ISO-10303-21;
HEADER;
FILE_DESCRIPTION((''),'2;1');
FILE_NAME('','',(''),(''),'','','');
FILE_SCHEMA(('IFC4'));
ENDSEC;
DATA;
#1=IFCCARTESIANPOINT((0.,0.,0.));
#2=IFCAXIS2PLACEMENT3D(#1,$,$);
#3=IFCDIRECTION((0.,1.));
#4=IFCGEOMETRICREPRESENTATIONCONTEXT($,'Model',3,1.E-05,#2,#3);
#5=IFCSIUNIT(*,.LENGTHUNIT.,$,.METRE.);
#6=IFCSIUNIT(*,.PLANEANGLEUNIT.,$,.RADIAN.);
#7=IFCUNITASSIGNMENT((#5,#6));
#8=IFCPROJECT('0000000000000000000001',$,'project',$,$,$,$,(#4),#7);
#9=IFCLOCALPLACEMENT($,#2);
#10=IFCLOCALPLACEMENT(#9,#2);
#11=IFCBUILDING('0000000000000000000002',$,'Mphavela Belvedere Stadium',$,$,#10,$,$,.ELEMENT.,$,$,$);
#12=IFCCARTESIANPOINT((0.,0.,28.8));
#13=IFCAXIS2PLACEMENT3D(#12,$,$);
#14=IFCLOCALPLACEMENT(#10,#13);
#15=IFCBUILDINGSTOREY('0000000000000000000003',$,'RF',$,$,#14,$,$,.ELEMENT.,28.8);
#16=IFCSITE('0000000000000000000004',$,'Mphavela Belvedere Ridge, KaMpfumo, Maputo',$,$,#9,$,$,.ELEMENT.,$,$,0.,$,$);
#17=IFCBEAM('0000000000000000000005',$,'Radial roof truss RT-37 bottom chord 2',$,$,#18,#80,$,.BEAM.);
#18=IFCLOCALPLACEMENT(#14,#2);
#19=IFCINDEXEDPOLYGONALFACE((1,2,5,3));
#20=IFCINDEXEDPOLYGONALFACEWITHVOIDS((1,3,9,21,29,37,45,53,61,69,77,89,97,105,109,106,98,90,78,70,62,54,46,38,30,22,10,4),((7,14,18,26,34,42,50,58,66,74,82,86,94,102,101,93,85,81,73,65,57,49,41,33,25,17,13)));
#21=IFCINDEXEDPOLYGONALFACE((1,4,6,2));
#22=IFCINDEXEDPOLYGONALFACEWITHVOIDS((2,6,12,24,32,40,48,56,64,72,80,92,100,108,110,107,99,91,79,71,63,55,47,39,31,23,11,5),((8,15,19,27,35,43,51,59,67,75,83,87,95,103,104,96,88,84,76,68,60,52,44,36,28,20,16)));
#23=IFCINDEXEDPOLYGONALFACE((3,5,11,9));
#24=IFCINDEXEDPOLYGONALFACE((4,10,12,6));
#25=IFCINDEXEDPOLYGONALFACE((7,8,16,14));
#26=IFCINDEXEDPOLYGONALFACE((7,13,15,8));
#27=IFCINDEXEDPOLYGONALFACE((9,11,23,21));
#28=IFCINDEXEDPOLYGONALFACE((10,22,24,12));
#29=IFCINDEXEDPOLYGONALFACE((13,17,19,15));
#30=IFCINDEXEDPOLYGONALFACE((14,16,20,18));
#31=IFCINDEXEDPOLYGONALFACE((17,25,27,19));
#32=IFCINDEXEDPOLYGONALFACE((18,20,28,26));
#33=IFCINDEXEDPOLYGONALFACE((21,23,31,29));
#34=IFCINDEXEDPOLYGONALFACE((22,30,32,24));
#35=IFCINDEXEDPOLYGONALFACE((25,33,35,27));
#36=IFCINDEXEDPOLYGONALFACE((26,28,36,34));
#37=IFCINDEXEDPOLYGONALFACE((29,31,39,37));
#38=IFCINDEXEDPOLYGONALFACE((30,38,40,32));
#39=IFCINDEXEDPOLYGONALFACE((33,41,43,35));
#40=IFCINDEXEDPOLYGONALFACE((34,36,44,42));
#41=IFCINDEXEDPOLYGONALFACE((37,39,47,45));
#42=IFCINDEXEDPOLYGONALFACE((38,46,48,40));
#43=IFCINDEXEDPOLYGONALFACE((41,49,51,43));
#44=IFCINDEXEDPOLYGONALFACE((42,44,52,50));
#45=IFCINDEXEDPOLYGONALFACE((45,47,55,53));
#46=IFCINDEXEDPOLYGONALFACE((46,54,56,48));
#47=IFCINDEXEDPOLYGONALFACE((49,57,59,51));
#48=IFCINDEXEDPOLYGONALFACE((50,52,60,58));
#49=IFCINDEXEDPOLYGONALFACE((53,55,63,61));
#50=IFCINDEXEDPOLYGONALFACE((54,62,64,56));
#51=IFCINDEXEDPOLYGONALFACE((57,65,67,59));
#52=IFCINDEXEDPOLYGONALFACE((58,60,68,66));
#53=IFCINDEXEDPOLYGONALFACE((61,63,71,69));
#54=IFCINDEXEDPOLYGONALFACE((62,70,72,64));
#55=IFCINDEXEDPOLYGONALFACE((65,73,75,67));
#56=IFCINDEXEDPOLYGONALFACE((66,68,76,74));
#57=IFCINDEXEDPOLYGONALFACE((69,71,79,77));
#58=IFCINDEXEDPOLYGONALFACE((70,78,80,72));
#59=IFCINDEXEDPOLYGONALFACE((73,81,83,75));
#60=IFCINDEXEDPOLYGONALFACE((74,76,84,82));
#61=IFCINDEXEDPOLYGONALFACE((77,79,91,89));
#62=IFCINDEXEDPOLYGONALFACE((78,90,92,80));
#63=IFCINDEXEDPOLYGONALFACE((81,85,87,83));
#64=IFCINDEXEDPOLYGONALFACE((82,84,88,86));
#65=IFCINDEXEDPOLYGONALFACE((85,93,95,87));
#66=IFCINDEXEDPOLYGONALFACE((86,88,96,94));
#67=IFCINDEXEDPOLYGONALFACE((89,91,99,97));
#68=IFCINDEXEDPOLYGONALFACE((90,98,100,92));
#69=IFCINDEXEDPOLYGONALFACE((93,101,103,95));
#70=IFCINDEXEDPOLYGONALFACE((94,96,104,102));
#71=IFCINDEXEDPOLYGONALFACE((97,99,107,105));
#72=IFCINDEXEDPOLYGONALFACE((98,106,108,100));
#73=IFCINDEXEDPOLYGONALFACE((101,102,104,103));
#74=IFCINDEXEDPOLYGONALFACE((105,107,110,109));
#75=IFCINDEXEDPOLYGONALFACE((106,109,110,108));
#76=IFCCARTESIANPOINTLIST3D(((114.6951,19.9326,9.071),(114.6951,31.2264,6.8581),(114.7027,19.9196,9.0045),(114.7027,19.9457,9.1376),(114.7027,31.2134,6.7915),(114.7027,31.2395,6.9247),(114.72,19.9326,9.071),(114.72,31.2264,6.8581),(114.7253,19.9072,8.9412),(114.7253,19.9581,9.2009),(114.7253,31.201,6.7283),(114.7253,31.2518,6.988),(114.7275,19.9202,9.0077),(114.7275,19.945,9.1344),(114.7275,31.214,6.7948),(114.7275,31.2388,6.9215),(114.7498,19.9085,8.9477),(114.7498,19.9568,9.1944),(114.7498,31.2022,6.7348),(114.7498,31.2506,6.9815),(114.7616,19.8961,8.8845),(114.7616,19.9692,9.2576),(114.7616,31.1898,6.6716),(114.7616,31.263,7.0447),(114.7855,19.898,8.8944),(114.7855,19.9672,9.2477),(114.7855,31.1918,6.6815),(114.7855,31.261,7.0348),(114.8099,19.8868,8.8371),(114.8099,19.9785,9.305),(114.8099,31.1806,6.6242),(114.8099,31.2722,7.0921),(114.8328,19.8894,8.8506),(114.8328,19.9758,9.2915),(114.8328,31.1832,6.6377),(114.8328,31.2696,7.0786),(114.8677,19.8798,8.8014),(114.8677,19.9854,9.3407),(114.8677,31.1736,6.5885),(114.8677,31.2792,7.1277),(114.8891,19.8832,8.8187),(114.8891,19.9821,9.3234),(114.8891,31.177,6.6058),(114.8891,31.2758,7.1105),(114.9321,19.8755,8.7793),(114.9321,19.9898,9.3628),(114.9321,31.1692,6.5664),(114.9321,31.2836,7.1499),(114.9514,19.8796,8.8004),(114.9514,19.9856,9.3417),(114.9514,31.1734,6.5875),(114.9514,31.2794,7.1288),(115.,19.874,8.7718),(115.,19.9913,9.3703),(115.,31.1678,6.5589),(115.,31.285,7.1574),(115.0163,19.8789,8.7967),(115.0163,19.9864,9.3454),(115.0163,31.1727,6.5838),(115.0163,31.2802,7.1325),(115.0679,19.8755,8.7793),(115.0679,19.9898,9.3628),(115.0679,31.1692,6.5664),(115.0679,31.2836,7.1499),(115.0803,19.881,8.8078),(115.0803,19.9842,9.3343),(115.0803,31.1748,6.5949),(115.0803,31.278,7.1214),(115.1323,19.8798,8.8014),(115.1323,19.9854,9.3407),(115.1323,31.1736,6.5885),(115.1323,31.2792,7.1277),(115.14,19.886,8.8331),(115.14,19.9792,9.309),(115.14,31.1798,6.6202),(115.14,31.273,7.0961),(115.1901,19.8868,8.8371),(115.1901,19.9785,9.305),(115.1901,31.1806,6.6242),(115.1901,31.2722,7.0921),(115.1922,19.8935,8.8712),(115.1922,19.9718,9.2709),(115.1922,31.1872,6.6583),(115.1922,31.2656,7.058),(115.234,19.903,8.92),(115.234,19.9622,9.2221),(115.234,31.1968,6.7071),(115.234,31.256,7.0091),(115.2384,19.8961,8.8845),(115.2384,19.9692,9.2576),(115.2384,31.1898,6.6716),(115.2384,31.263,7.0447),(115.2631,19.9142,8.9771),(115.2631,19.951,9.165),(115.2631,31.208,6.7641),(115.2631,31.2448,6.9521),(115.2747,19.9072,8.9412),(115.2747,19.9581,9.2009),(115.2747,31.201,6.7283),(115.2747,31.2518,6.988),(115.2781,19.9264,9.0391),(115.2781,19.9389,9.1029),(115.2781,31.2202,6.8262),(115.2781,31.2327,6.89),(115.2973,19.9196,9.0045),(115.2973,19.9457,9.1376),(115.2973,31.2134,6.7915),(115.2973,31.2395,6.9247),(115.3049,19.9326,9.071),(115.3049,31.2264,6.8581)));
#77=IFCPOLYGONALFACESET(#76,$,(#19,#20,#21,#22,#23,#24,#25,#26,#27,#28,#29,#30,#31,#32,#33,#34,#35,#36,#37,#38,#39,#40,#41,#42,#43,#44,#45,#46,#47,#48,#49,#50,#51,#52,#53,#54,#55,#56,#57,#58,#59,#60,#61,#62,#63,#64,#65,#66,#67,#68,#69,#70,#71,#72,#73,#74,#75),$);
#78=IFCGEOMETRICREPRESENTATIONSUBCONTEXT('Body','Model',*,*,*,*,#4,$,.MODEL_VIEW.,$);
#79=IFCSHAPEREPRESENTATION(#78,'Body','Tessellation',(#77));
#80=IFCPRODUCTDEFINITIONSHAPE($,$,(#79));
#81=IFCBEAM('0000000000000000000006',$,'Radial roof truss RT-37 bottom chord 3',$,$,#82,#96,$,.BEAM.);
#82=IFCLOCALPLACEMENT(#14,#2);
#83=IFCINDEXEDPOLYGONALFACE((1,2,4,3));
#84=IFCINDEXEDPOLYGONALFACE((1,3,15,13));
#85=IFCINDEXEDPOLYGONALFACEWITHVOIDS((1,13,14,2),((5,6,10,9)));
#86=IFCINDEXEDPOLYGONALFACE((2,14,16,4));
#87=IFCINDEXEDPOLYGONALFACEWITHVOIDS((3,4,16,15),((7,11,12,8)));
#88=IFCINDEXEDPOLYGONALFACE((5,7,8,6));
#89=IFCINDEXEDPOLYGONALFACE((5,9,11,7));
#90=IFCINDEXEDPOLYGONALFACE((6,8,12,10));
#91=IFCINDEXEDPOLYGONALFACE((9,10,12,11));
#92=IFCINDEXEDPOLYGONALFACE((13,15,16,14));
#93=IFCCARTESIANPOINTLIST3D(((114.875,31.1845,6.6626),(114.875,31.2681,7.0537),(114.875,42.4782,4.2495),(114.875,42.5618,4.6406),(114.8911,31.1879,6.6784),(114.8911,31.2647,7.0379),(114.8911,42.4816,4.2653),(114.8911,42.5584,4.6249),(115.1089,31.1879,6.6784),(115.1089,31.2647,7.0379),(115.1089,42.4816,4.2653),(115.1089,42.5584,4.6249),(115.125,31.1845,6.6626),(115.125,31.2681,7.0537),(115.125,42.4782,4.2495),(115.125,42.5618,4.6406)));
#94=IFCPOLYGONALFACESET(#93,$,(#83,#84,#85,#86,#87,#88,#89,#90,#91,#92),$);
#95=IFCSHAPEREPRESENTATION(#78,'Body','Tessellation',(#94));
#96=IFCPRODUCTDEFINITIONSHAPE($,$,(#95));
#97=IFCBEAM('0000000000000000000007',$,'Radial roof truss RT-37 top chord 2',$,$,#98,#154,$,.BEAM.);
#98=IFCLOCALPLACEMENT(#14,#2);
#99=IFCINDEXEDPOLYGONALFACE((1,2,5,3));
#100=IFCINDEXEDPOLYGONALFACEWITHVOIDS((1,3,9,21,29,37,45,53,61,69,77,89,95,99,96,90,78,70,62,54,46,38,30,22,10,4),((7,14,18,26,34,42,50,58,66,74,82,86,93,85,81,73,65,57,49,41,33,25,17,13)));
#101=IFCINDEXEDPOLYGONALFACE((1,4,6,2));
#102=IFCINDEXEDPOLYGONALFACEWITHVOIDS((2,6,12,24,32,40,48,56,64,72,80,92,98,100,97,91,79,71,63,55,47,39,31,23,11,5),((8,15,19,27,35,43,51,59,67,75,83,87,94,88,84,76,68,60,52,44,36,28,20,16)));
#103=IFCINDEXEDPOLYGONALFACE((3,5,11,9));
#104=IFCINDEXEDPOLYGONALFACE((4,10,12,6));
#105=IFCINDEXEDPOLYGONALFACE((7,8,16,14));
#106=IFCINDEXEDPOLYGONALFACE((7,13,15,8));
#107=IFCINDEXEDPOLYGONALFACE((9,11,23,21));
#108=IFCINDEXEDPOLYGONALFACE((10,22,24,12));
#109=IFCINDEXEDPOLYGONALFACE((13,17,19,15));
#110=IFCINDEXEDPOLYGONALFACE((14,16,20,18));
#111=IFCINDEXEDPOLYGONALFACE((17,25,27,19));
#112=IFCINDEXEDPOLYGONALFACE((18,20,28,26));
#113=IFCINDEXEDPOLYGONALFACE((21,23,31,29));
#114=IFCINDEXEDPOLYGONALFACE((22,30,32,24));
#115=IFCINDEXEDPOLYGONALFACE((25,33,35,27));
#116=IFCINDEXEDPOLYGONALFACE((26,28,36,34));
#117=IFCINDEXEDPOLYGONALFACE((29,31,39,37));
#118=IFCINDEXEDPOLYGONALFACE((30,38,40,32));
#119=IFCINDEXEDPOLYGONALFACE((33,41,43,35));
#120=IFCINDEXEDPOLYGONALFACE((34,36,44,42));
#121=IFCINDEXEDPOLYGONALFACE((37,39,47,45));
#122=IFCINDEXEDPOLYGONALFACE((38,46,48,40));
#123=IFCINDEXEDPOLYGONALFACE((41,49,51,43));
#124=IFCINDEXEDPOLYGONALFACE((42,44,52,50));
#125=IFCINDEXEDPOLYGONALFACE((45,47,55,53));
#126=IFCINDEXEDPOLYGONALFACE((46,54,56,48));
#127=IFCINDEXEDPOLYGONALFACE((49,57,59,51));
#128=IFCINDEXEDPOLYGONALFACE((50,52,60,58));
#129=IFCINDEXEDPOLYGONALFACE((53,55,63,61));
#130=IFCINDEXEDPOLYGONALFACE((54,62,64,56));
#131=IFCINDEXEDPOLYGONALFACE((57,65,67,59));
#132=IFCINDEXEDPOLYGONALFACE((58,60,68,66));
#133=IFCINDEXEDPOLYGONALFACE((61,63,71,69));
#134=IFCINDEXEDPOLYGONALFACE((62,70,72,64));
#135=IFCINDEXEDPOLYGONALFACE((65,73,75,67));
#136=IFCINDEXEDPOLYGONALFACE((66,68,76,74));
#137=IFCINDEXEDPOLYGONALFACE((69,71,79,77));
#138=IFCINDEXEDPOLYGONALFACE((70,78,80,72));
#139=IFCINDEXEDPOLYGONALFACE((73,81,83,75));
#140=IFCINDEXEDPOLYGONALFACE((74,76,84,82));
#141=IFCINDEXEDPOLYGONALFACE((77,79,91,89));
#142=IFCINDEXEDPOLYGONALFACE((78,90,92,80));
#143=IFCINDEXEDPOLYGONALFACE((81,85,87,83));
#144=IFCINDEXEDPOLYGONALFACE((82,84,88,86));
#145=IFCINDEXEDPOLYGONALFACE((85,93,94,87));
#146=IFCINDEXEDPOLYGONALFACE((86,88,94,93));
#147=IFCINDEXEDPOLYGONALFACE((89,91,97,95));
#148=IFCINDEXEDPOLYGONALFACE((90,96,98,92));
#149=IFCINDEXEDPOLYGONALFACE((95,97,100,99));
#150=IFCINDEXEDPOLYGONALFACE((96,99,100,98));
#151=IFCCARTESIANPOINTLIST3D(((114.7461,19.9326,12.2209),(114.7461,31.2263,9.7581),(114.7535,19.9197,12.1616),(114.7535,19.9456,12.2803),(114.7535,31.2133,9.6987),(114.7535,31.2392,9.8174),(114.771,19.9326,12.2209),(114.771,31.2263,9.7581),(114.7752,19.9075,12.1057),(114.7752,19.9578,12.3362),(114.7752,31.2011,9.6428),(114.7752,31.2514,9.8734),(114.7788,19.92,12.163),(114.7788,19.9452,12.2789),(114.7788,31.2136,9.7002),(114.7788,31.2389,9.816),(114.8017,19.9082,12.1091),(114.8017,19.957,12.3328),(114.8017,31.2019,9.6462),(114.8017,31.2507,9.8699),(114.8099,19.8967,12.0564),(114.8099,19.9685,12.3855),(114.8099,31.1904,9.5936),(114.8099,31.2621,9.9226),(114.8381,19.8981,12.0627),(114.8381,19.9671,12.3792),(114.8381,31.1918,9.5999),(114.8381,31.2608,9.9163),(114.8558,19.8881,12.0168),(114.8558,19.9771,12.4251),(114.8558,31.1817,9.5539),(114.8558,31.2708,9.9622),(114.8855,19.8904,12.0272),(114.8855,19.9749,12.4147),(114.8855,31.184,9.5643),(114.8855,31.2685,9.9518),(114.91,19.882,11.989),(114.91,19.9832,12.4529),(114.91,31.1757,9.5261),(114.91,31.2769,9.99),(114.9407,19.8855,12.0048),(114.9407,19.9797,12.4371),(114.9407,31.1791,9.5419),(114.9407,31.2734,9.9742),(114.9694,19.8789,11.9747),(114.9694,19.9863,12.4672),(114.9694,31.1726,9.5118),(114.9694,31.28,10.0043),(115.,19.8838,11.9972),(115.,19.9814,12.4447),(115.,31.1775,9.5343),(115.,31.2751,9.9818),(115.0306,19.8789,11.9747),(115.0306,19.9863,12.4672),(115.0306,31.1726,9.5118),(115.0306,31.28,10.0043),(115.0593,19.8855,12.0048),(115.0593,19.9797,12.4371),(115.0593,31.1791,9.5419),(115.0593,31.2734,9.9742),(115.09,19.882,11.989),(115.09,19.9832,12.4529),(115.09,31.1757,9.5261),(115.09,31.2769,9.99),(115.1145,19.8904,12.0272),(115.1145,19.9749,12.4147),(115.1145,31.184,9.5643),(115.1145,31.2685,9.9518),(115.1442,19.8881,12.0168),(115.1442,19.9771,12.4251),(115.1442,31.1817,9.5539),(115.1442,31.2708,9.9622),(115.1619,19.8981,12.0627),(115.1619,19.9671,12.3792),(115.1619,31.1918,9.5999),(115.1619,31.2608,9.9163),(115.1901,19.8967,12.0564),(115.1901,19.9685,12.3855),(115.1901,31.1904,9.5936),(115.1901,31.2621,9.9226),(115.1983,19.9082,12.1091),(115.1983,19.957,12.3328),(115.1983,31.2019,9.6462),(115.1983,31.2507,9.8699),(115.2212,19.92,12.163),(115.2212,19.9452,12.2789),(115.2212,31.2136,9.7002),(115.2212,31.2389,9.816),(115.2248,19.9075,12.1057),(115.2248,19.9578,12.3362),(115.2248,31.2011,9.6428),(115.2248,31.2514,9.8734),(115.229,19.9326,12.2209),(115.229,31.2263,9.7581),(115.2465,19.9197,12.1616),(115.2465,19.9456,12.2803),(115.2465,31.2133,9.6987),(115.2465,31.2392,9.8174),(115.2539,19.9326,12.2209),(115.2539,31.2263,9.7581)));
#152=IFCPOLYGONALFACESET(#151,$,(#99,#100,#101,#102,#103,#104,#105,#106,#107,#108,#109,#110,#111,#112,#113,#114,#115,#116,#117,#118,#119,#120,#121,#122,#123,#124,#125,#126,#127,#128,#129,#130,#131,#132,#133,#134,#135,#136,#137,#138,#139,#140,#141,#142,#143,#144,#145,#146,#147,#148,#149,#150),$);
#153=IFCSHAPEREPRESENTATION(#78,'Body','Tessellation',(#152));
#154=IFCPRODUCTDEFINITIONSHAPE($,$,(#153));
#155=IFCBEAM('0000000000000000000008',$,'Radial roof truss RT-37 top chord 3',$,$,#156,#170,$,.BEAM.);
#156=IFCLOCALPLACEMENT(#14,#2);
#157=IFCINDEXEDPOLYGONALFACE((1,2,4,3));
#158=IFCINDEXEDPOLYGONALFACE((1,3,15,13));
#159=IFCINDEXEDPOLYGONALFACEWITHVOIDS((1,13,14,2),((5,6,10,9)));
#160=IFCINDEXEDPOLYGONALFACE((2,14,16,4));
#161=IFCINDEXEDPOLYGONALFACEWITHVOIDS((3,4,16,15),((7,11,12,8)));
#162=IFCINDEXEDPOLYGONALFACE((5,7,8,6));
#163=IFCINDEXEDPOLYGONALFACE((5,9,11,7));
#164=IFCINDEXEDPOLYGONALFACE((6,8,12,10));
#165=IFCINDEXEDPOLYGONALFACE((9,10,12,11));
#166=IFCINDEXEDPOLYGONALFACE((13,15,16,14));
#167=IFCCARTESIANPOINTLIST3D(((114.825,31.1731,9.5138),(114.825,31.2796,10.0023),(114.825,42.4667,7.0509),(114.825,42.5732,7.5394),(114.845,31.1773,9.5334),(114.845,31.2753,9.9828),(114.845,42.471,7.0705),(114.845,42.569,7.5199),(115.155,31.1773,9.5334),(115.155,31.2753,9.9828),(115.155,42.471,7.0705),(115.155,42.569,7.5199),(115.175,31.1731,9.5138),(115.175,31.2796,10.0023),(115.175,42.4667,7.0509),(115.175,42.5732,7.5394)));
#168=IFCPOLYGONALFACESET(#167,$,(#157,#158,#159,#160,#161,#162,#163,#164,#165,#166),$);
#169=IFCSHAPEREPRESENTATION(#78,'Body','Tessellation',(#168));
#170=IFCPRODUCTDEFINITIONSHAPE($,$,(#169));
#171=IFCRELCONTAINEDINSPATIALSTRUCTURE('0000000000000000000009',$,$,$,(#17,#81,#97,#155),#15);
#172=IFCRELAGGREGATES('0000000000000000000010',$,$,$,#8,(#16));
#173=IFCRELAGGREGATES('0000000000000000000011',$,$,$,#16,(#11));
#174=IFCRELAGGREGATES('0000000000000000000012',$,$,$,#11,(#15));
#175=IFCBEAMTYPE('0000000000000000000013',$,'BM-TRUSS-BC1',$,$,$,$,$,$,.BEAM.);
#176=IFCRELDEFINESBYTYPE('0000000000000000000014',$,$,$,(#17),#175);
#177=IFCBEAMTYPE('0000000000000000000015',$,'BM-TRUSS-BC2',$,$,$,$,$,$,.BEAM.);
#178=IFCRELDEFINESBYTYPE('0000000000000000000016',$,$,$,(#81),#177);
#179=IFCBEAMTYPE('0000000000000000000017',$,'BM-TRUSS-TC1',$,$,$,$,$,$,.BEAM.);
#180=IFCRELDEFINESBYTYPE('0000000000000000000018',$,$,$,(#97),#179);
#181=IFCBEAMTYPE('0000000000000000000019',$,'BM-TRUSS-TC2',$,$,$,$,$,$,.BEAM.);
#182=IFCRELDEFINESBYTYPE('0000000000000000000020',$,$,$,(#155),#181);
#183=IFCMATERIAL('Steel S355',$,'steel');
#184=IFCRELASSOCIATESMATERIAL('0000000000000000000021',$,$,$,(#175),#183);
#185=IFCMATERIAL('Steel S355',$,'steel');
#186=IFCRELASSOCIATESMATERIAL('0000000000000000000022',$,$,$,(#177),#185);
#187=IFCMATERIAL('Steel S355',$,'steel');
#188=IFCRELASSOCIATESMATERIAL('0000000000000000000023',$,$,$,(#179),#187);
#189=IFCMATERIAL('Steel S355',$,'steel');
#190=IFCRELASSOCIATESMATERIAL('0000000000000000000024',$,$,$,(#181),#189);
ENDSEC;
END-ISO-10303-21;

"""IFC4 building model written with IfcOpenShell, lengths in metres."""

from ifc_helpers import new_model, si_unit, direction, frame, origin, origin_2d, place, context, subcontext, project, spatial, hollow_rectangle, hollow_circle, extrude, material, material_profile, profile_set, type_object, element, save


model = new_model("IFC4")

# Units and contexts
model_context = context("Model", 3, precision=1e-05, world=origin(), true_north=direction((0.0, 1.0)))
body_context = subcontext(model_context, "Body", "Model", "MODEL_VIEW")
ifc_project = project(units=[si_unit("LENGTHUNIT", "METRE"), si_unit("PLANEANGLEUNIT", "RADIAN")], contexts=[model_context])

# Site, building, storey
site_placement = place(None, origin())
site = spatial("IfcSite", under=ifc_project, at=site_placement, Name="Mphavela Belvedere Ridge, KaMpfumo, Maputo", CompositionType="ELEMENT", RefElevation=0.0)
building_placement = place(site_placement, origin())
building = spatial("IfcBuilding", under=site, at=building_placement, Name="Mphavela Belvedere Stadium", CompositionType="ELEMENT")
storey_placement = place(building_placement, frame((0.0, 0.0, 28.8)))
storey = spatial("IfcBuildingStorey", under=building, at=storey_placement, Name="RF", CompositionType="ELEMENT", Elevation=28.8)

# Beams
ifc_material_1 = material(Name="Steel S355", Category="steel")
ifc_material_profile_1 = material_profile(ifc_material_1, hollow_circle(Radius=0.3049, WallThickness=0.0249, at=origin_2d()), Name="CHS 610x25")
ifc_profile_set_1 = profile_set([ifc_material_profile_1], Name="Steel S355")
beam_type_1 = type_object("IfcBeamType", Name="BM-TRUSS-BC1", PredefinedType="BEAM", material=ifc_profile_set_1)
beam_1_placement = place(storey_placement, frame((115.0, 19.9326, 9.071), z_axis=(0.0, 0.981339, -0.192284), x_axis=(-1.0, 0.0, 0.0)))
element("IfcBeam", 1, at=beam_1_placement, inside=storey, type_object=beam_type_1, Name="Radial roof truss RT-37 bottom chord 2", PredefinedType="BEAM", context=body_context, shape_type="SweptSolid", body=[
    extrude(hollow_circle(Radius=0.3049, WallThickness=0.0249, at=origin_2d()), origin(), (0.0, 0.0, 1.0), 11.5085),
])
ifc_material_2 = material(Name="Steel S355", Category="steel")
ifc_material_profile_2 = material_profile(ifc_material_2, hollow_rectangle(XDim=0.25, YDim=0.3999, WallThickness=0.0161, at=origin_2d()), Name="RHS 400x250x16")
ifc_profile_set_2 = profile_set([ifc_material_profile_2], Name="Steel S355")
beam_type_2 = type_object("IfcBeamType", Name="BM-TRUSS-BC2", PredefinedType="BEAM", material=ifc_profile_set_2)
beam_2_placement = place(storey_placement, frame((115.0, 31.2263, 6.8582), z_axis=(0.0, 0.977926, -0.20895), x_axis=(-1.0, 0.0, 0.0)))
element("IfcBeam", 2, at=beam_2_placement, inside=storey, type_object=beam_type_2, Name="Radial roof truss RT-37 bottom chord 3", PredefinedType="BEAM", context=body_context, shape_type="SweptSolid", body=[
    extrude(hollow_rectangle(XDim=0.25, YDim=0.3999, WallThickness=0.0161, at=origin_2d()), origin(), (0.0, 0.0, 1.0), 11.5486),
])
ifc_material_3 = material(Name="Steel S355", Category="steel")
ifc_material_profile_3 = material_profile(ifc_material_3, hollow_circle(Radius=0.2539, WallThickness=0.0249, at=origin_2d()), Name="CHS 508x25")
ifc_profile_set_3 = profile_set([ifc_material_profile_3], Name="Steel S355")
beam_type_3 = type_object("IfcBeamType", Name="BM-TRUSS-TC1", PredefinedType="BEAM", material=ifc_profile_set_3)
beam_3_placement = place(storey_placement, frame((115.0, 19.9326, 12.2209), z_axis=(0.0, 0.977037, -0.213069), x_axis=(-1.0, 0.0, 0.0)))
element("IfcBeam", 3, at=beam_3_placement, inside=storey, type_object=beam_type_3, Name="Radial roof truss RT-37 top chord 2", PredefinedType="BEAM", context=body_context, shape_type="SweptSolid", body=[
    extrude(hollow_circle(Radius=0.2539, WallThickness=0.0249, at=origin_2d()), origin(), (0.0, 0.0, 1.0), 11.5591),
])
ifc_material_4 = material(Name="Steel S355", Category="steel")
ifc_material_profile_4 = material_profile(ifc_material_4, hollow_rectangle(XDim=0.3501, YDim=0.5, WallThickness=0.02, at=origin_2d()), Name="RHS 500x350x20")
ifc_profile_set_4 = profile_set([ifc_material_profile_4], Name="Steel S355")
beam_type_4 = type_object("IfcBeamType", Name="BM-TRUSS-TC2", PredefinedType="BEAM", material=ifc_profile_set_4)
beam_4_placement = place(storey_placement, frame((115.0, 31.2263, 9.7581), z_axis=(0.0, 0.977037, -0.213069), x_axis=(-1.0, 0.0, 0.0)))
element("IfcBeam", 4, at=beam_4_placement, inside=storey, type_object=beam_type_4, Name="Radial roof truss RT-37 top chord 3", PredefinedType="BEAM", context=body_context, shape_type="SweptSolid", body=[
    extrude(hollow_rectangle(XDim=0.3501, YDim=0.5, WallThickness=0.02, at=origin_2d()), origin(), (0.0, 0.0, 1.0), 11.5591),
])

save(model, "model.ifc")
